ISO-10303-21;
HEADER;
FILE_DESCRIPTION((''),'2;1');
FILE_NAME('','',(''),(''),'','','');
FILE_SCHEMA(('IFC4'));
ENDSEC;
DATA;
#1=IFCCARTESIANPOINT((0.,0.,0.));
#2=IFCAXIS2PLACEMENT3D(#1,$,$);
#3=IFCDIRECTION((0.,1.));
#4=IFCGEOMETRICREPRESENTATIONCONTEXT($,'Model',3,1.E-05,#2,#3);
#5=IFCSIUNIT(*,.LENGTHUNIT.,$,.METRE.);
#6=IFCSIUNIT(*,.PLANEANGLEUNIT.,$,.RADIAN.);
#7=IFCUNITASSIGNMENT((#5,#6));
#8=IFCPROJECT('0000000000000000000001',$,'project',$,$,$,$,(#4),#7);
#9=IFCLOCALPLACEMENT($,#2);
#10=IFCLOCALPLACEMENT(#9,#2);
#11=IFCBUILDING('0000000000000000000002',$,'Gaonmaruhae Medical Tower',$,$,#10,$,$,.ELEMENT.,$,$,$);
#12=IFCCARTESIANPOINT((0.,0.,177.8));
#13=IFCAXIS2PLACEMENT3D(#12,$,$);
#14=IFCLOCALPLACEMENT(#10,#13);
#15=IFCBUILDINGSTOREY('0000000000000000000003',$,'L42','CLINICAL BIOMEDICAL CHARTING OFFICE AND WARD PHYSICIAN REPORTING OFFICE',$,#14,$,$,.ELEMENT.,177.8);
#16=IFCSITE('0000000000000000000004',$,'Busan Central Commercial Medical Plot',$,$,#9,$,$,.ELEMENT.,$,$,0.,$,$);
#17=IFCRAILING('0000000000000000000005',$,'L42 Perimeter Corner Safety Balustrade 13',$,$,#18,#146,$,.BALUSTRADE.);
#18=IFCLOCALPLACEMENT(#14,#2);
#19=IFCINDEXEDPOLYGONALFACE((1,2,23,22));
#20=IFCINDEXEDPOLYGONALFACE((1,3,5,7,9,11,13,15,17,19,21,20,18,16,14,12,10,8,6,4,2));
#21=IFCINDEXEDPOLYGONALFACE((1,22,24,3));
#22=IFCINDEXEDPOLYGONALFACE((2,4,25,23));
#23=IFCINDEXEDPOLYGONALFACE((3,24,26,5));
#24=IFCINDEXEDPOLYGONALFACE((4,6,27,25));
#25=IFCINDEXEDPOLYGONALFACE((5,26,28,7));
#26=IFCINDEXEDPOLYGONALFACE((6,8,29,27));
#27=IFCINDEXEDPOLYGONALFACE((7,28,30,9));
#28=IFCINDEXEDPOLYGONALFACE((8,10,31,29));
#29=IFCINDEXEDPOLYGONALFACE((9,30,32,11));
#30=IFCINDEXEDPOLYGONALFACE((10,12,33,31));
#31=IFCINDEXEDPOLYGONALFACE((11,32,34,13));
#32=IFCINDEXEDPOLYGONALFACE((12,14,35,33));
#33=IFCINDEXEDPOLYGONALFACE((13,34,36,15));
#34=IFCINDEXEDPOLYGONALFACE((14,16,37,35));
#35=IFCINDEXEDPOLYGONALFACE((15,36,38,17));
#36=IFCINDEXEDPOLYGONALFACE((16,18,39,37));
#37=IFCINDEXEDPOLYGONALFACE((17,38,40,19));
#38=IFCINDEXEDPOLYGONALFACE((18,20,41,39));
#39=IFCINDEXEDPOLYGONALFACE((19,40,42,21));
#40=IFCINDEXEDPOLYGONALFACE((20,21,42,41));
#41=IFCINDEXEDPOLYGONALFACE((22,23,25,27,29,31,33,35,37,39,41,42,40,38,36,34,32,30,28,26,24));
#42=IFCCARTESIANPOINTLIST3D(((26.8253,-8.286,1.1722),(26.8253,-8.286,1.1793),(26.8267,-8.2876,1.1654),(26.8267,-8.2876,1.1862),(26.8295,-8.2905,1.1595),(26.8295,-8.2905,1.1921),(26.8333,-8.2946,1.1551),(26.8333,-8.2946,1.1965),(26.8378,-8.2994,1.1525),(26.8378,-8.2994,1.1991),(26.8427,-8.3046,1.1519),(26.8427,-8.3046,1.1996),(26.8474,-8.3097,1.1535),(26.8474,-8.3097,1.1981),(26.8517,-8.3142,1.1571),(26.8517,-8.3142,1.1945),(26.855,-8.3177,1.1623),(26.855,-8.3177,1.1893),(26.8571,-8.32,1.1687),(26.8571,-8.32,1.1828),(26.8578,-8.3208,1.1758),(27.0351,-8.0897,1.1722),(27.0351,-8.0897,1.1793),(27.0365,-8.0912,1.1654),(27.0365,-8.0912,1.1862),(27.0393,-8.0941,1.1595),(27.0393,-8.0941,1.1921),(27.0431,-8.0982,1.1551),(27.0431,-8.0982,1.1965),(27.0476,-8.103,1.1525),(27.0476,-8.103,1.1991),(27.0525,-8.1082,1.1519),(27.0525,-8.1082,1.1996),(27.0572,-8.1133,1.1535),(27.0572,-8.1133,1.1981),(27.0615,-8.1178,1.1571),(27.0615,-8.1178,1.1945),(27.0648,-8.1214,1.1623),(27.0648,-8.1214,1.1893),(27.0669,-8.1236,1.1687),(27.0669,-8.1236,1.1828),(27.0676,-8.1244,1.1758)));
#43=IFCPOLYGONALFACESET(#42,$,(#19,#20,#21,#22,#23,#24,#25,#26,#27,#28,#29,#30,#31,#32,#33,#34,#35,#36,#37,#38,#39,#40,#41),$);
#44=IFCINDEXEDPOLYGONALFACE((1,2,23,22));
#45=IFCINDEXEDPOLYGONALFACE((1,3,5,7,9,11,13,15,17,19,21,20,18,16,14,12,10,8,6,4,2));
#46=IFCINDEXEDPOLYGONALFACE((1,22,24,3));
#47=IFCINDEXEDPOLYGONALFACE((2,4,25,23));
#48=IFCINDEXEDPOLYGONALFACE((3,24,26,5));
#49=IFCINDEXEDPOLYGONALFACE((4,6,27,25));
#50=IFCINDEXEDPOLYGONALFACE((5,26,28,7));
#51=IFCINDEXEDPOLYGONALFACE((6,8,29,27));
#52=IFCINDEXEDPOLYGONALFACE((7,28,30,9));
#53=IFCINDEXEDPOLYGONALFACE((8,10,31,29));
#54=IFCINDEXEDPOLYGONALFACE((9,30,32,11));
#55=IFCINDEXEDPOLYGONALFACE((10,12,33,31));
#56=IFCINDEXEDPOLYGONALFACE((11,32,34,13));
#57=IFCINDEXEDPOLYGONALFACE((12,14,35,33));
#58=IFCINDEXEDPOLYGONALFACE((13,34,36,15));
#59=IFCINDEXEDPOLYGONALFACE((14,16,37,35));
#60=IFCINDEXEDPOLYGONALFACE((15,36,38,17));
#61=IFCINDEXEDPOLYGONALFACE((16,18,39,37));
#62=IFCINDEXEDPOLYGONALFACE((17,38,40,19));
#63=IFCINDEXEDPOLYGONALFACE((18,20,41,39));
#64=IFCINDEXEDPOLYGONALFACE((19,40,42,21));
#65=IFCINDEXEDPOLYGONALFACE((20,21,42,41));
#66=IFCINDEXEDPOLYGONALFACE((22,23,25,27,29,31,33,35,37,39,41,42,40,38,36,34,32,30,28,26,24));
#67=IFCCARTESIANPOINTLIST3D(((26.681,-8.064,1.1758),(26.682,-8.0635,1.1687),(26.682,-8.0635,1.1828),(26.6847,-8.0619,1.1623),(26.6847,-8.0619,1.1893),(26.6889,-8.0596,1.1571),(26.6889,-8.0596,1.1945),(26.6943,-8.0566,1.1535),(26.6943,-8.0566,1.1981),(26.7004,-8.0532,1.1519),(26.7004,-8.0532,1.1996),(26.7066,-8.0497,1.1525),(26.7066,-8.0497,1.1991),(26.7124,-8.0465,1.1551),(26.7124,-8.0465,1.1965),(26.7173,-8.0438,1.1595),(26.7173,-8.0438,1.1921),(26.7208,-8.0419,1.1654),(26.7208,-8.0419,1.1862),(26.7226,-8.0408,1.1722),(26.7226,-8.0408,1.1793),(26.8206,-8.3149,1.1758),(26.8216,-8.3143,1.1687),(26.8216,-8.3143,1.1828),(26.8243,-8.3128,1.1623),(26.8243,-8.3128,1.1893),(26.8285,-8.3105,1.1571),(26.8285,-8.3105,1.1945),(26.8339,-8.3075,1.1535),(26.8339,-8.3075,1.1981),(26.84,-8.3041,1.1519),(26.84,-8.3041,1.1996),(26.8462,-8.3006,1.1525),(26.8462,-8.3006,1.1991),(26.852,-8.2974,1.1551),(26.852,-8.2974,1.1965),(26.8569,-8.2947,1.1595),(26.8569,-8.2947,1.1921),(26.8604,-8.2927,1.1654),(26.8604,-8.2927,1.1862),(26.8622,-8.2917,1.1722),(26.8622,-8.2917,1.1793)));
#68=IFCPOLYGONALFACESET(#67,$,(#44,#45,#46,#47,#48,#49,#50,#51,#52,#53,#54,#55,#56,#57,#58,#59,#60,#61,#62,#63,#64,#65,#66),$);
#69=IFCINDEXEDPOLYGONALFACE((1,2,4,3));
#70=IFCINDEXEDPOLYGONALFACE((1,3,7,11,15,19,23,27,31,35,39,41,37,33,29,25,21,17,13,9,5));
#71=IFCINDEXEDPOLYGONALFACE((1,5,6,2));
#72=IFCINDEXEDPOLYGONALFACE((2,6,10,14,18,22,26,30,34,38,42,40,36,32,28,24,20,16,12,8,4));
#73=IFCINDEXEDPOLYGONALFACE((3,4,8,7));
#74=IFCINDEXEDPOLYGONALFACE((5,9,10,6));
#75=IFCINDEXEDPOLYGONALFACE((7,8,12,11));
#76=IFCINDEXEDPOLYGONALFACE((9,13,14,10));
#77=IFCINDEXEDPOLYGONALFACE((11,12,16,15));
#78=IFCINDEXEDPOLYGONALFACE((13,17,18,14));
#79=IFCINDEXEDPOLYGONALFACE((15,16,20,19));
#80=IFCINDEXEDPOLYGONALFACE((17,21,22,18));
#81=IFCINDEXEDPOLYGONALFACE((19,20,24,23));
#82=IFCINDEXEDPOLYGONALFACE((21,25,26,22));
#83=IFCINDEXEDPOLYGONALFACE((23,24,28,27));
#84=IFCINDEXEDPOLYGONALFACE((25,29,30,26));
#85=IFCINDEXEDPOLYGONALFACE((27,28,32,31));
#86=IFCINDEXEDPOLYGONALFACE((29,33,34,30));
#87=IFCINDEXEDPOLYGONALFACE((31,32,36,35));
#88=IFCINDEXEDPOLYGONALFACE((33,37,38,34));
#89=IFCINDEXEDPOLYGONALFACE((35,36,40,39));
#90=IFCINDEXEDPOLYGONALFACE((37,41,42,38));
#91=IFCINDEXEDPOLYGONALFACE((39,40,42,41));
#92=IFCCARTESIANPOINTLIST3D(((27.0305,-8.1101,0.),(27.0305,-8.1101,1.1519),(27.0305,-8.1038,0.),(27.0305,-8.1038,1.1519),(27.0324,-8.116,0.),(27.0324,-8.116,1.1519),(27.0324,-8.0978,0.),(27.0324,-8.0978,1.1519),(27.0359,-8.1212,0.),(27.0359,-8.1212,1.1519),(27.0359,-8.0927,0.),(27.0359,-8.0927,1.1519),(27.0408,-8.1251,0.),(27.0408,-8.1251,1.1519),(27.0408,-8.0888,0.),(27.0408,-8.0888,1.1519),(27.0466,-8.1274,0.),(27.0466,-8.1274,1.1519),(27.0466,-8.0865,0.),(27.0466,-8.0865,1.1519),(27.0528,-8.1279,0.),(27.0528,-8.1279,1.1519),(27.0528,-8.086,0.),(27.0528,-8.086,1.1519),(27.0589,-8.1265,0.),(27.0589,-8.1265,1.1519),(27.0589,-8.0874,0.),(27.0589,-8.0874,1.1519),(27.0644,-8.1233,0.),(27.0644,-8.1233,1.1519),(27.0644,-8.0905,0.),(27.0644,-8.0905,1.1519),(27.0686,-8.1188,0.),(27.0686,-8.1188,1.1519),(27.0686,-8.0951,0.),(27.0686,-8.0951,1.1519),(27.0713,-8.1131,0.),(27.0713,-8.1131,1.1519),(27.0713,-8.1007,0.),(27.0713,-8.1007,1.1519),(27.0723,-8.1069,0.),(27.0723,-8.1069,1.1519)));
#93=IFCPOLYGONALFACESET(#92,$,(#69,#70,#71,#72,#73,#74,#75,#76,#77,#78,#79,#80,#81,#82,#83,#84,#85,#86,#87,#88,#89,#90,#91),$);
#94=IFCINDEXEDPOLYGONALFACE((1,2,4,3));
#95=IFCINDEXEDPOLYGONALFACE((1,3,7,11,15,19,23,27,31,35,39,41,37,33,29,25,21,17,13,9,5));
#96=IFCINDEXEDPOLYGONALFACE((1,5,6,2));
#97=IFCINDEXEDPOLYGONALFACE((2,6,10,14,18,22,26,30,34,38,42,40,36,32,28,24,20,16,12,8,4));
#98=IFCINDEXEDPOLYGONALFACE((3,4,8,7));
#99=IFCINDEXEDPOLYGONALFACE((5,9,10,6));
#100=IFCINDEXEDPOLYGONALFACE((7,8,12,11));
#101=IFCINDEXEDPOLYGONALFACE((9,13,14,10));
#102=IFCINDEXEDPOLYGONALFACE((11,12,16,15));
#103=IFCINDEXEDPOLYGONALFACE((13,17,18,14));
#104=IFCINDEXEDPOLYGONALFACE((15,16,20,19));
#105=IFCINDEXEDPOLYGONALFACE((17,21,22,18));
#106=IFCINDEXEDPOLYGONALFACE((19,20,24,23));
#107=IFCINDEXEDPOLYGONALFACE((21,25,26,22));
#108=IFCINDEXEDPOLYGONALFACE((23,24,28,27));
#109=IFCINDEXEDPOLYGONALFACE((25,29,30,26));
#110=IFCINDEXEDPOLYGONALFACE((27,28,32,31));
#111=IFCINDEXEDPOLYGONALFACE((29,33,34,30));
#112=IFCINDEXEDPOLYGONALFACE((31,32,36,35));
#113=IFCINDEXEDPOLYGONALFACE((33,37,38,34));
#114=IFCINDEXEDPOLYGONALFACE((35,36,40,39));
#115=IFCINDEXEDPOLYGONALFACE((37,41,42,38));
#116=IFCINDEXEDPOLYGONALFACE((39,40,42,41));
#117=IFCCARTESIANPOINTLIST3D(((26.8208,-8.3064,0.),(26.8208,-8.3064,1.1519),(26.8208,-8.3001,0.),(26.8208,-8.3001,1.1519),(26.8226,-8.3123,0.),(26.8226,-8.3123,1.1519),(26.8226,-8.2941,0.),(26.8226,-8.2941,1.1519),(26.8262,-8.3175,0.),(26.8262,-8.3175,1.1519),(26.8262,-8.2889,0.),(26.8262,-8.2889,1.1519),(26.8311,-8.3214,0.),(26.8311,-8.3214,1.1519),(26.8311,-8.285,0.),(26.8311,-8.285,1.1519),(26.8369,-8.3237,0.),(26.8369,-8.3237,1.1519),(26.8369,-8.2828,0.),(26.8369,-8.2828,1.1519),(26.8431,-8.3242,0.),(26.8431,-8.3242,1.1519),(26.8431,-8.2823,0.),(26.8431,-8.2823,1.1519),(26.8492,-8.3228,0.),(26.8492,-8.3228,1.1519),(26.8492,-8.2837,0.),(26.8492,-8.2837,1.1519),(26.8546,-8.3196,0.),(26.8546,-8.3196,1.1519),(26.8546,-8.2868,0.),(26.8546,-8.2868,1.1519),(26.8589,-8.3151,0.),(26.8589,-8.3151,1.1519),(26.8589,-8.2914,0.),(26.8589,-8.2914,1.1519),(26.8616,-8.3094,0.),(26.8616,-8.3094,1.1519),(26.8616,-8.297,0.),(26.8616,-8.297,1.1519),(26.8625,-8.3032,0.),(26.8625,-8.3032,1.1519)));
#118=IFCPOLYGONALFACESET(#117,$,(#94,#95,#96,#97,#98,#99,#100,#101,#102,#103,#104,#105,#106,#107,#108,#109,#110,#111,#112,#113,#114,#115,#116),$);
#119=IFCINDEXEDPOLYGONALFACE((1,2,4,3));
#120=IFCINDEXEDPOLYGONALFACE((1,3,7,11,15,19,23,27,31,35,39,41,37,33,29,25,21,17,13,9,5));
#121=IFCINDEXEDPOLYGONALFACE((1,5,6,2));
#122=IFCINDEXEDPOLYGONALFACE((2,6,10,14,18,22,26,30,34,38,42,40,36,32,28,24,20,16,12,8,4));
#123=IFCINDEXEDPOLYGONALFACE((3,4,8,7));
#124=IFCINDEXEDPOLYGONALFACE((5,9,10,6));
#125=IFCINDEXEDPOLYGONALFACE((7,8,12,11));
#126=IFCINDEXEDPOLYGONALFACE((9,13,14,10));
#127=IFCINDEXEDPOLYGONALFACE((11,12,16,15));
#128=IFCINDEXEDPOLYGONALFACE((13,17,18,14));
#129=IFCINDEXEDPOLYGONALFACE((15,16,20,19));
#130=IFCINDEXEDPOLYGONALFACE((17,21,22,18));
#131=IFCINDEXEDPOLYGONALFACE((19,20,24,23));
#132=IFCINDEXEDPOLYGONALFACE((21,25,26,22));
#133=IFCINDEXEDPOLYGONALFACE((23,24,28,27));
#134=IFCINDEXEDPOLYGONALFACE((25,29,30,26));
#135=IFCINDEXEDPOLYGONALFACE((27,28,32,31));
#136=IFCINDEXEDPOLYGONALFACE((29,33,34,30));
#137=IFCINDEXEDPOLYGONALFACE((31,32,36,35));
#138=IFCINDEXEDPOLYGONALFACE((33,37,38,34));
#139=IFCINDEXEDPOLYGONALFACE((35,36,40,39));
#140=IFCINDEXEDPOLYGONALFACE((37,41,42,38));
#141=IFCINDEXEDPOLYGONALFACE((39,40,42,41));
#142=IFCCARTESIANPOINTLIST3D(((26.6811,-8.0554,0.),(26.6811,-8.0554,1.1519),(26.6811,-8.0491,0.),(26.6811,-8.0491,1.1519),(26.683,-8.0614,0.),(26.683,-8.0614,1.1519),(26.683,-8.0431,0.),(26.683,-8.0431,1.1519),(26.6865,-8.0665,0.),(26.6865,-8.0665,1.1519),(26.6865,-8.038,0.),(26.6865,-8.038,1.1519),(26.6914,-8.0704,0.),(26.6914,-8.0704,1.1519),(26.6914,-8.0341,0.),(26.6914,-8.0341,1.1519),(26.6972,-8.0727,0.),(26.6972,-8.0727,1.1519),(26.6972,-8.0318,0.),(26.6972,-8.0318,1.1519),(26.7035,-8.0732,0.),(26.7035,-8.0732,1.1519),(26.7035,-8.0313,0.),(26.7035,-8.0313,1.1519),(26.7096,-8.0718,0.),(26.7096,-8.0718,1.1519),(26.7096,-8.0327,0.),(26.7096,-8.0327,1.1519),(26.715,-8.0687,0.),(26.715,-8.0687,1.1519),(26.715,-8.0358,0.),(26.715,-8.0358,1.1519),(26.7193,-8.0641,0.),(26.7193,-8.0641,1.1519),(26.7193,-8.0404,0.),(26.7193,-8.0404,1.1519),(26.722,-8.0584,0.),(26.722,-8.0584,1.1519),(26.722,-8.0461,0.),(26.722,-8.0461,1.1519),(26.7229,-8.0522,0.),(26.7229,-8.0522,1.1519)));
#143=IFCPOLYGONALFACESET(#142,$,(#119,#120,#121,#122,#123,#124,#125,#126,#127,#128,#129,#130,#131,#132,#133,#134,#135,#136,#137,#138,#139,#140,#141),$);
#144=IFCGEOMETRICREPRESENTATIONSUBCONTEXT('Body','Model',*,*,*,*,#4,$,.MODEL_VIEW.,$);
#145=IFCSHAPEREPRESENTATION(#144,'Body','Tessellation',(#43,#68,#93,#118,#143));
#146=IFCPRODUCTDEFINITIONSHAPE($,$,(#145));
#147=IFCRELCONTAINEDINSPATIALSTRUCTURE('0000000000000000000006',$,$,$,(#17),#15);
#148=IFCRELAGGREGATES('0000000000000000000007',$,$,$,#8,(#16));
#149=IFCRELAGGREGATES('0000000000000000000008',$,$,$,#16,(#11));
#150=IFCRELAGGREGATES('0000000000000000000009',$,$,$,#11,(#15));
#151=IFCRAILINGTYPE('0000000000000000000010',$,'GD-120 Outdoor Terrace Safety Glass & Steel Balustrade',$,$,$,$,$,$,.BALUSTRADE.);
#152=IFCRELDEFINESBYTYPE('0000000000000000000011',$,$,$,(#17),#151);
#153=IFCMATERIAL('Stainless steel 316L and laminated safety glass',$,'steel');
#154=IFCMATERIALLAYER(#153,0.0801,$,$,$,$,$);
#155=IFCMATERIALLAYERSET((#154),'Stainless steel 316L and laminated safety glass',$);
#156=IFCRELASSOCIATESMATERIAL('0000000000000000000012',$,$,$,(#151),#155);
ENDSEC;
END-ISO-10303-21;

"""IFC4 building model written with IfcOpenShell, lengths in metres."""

from ifc_helpers import new_model, si_unit, direction, frame, origin, origin_2d, place, context, subcontext, project, spatial, circle, extrude, material, layer, layer_set, type_object, element, save


model = new_model("IFC4")

# Units and contexts
model_context = context("Model", 3, precision=1e-05, world=origin(), true_north=direction((0.0, 1.0)))
body_context = subcontext(model_context, "Body", "Model", "MODEL_VIEW")
ifc_project = project(units=[si_unit("LENGTHUNIT", "METRE"), si_unit("PLANEANGLEUNIT", "RADIAN")], contexts=[model_context])

# Site, building, storey
site_placement = place(None, origin())
site = spatial("IfcSite", under=ifc_project, at=site_placement, Name="Busan Central Commercial Medical Plot", CompositionType="ELEMENT", RefElevation=0.0)
building_placement = place(site_placement, origin())
building = spatial("IfcBuilding", under=site, at=building_placement, Name="Gaonmaruhae Medical Tower", CompositionType="ELEMENT")
storey_placement = place(building_placement, frame((0.0, 0.0, 177.8)))
storey = spatial("IfcBuildingStorey", under=building, at=storey_placement, Name="L42", Description="CLINICAL BIOMEDICAL CHARTING OFFICE AND WARD PHYSICIAN REPORTING OFFICE", CompositionType="ELEMENT", Elevation=177.8)

# Railing
ifc_material_1 = material(Name="Stainless steel 316L and laminated safety glass", Category="steel")
ifc_layer_1 = layer(ifc_material_1, 0.0801)
ifc_layer_set_1 = layer_set([ifc_layer_1], Name="Stainless steel 316L and laminated safety glass")
railing_type = type_object("IfcRailingType", Name="GD-120 Outdoor Terrace Safety Glass & Steel Balustrade", PredefinedType="BALUSTRADE", material=ifc_layer_set_1)
railing_1_placement = place(storey_placement, frame((27.0513, -8.1069, 0.0)))
element("IfcRailing", 1, at=railing_1_placement, inside=storey, type_object=railing_type, Name="L42 Perimeter Corner Safety Balustrade 13", PredefinedType="BALUSTRADE", context=body_context, shape_type="SweptSolid", body=[
    extrude(circle(Radius=0.0239, at=origin_2d()), frame((0.0, 0.0, 1.1758), z_axis=(-0.730094, -0.683347, 0.0), x_axis=(0.683347, -0.730094, 0.0)), (0.0, 0.0, 1.0), 0.2874),
    extrude(circle(Radius=0.0239, at=origin_2d()), frame((-0.2097, -0.1963, 1.1758), z_axis=(-0.48622, 0.873836, 0.0), x_axis=(-0.873836, -0.48622, 0.0)), (0.0, 0.0, 1.0), 0.2871),
    extrude(circle(Radius=0.021, at=origin_2d()), origin(), (0.0, 0.0, 1.0), 1.1519),
    extrude(circle(Radius=0.021, at=origin_2d()), frame((-0.2097, -0.1963, 0.0)), (0.0, 0.0, 1.0), 1.1519),
    extrude(circle(Radius=0.021, at=origin_2d()), frame((-0.3494, 0.0547, 0.0)), (0.0, 0.0, 1.0), 1.1519),
])

save(model, "model.ifc")
